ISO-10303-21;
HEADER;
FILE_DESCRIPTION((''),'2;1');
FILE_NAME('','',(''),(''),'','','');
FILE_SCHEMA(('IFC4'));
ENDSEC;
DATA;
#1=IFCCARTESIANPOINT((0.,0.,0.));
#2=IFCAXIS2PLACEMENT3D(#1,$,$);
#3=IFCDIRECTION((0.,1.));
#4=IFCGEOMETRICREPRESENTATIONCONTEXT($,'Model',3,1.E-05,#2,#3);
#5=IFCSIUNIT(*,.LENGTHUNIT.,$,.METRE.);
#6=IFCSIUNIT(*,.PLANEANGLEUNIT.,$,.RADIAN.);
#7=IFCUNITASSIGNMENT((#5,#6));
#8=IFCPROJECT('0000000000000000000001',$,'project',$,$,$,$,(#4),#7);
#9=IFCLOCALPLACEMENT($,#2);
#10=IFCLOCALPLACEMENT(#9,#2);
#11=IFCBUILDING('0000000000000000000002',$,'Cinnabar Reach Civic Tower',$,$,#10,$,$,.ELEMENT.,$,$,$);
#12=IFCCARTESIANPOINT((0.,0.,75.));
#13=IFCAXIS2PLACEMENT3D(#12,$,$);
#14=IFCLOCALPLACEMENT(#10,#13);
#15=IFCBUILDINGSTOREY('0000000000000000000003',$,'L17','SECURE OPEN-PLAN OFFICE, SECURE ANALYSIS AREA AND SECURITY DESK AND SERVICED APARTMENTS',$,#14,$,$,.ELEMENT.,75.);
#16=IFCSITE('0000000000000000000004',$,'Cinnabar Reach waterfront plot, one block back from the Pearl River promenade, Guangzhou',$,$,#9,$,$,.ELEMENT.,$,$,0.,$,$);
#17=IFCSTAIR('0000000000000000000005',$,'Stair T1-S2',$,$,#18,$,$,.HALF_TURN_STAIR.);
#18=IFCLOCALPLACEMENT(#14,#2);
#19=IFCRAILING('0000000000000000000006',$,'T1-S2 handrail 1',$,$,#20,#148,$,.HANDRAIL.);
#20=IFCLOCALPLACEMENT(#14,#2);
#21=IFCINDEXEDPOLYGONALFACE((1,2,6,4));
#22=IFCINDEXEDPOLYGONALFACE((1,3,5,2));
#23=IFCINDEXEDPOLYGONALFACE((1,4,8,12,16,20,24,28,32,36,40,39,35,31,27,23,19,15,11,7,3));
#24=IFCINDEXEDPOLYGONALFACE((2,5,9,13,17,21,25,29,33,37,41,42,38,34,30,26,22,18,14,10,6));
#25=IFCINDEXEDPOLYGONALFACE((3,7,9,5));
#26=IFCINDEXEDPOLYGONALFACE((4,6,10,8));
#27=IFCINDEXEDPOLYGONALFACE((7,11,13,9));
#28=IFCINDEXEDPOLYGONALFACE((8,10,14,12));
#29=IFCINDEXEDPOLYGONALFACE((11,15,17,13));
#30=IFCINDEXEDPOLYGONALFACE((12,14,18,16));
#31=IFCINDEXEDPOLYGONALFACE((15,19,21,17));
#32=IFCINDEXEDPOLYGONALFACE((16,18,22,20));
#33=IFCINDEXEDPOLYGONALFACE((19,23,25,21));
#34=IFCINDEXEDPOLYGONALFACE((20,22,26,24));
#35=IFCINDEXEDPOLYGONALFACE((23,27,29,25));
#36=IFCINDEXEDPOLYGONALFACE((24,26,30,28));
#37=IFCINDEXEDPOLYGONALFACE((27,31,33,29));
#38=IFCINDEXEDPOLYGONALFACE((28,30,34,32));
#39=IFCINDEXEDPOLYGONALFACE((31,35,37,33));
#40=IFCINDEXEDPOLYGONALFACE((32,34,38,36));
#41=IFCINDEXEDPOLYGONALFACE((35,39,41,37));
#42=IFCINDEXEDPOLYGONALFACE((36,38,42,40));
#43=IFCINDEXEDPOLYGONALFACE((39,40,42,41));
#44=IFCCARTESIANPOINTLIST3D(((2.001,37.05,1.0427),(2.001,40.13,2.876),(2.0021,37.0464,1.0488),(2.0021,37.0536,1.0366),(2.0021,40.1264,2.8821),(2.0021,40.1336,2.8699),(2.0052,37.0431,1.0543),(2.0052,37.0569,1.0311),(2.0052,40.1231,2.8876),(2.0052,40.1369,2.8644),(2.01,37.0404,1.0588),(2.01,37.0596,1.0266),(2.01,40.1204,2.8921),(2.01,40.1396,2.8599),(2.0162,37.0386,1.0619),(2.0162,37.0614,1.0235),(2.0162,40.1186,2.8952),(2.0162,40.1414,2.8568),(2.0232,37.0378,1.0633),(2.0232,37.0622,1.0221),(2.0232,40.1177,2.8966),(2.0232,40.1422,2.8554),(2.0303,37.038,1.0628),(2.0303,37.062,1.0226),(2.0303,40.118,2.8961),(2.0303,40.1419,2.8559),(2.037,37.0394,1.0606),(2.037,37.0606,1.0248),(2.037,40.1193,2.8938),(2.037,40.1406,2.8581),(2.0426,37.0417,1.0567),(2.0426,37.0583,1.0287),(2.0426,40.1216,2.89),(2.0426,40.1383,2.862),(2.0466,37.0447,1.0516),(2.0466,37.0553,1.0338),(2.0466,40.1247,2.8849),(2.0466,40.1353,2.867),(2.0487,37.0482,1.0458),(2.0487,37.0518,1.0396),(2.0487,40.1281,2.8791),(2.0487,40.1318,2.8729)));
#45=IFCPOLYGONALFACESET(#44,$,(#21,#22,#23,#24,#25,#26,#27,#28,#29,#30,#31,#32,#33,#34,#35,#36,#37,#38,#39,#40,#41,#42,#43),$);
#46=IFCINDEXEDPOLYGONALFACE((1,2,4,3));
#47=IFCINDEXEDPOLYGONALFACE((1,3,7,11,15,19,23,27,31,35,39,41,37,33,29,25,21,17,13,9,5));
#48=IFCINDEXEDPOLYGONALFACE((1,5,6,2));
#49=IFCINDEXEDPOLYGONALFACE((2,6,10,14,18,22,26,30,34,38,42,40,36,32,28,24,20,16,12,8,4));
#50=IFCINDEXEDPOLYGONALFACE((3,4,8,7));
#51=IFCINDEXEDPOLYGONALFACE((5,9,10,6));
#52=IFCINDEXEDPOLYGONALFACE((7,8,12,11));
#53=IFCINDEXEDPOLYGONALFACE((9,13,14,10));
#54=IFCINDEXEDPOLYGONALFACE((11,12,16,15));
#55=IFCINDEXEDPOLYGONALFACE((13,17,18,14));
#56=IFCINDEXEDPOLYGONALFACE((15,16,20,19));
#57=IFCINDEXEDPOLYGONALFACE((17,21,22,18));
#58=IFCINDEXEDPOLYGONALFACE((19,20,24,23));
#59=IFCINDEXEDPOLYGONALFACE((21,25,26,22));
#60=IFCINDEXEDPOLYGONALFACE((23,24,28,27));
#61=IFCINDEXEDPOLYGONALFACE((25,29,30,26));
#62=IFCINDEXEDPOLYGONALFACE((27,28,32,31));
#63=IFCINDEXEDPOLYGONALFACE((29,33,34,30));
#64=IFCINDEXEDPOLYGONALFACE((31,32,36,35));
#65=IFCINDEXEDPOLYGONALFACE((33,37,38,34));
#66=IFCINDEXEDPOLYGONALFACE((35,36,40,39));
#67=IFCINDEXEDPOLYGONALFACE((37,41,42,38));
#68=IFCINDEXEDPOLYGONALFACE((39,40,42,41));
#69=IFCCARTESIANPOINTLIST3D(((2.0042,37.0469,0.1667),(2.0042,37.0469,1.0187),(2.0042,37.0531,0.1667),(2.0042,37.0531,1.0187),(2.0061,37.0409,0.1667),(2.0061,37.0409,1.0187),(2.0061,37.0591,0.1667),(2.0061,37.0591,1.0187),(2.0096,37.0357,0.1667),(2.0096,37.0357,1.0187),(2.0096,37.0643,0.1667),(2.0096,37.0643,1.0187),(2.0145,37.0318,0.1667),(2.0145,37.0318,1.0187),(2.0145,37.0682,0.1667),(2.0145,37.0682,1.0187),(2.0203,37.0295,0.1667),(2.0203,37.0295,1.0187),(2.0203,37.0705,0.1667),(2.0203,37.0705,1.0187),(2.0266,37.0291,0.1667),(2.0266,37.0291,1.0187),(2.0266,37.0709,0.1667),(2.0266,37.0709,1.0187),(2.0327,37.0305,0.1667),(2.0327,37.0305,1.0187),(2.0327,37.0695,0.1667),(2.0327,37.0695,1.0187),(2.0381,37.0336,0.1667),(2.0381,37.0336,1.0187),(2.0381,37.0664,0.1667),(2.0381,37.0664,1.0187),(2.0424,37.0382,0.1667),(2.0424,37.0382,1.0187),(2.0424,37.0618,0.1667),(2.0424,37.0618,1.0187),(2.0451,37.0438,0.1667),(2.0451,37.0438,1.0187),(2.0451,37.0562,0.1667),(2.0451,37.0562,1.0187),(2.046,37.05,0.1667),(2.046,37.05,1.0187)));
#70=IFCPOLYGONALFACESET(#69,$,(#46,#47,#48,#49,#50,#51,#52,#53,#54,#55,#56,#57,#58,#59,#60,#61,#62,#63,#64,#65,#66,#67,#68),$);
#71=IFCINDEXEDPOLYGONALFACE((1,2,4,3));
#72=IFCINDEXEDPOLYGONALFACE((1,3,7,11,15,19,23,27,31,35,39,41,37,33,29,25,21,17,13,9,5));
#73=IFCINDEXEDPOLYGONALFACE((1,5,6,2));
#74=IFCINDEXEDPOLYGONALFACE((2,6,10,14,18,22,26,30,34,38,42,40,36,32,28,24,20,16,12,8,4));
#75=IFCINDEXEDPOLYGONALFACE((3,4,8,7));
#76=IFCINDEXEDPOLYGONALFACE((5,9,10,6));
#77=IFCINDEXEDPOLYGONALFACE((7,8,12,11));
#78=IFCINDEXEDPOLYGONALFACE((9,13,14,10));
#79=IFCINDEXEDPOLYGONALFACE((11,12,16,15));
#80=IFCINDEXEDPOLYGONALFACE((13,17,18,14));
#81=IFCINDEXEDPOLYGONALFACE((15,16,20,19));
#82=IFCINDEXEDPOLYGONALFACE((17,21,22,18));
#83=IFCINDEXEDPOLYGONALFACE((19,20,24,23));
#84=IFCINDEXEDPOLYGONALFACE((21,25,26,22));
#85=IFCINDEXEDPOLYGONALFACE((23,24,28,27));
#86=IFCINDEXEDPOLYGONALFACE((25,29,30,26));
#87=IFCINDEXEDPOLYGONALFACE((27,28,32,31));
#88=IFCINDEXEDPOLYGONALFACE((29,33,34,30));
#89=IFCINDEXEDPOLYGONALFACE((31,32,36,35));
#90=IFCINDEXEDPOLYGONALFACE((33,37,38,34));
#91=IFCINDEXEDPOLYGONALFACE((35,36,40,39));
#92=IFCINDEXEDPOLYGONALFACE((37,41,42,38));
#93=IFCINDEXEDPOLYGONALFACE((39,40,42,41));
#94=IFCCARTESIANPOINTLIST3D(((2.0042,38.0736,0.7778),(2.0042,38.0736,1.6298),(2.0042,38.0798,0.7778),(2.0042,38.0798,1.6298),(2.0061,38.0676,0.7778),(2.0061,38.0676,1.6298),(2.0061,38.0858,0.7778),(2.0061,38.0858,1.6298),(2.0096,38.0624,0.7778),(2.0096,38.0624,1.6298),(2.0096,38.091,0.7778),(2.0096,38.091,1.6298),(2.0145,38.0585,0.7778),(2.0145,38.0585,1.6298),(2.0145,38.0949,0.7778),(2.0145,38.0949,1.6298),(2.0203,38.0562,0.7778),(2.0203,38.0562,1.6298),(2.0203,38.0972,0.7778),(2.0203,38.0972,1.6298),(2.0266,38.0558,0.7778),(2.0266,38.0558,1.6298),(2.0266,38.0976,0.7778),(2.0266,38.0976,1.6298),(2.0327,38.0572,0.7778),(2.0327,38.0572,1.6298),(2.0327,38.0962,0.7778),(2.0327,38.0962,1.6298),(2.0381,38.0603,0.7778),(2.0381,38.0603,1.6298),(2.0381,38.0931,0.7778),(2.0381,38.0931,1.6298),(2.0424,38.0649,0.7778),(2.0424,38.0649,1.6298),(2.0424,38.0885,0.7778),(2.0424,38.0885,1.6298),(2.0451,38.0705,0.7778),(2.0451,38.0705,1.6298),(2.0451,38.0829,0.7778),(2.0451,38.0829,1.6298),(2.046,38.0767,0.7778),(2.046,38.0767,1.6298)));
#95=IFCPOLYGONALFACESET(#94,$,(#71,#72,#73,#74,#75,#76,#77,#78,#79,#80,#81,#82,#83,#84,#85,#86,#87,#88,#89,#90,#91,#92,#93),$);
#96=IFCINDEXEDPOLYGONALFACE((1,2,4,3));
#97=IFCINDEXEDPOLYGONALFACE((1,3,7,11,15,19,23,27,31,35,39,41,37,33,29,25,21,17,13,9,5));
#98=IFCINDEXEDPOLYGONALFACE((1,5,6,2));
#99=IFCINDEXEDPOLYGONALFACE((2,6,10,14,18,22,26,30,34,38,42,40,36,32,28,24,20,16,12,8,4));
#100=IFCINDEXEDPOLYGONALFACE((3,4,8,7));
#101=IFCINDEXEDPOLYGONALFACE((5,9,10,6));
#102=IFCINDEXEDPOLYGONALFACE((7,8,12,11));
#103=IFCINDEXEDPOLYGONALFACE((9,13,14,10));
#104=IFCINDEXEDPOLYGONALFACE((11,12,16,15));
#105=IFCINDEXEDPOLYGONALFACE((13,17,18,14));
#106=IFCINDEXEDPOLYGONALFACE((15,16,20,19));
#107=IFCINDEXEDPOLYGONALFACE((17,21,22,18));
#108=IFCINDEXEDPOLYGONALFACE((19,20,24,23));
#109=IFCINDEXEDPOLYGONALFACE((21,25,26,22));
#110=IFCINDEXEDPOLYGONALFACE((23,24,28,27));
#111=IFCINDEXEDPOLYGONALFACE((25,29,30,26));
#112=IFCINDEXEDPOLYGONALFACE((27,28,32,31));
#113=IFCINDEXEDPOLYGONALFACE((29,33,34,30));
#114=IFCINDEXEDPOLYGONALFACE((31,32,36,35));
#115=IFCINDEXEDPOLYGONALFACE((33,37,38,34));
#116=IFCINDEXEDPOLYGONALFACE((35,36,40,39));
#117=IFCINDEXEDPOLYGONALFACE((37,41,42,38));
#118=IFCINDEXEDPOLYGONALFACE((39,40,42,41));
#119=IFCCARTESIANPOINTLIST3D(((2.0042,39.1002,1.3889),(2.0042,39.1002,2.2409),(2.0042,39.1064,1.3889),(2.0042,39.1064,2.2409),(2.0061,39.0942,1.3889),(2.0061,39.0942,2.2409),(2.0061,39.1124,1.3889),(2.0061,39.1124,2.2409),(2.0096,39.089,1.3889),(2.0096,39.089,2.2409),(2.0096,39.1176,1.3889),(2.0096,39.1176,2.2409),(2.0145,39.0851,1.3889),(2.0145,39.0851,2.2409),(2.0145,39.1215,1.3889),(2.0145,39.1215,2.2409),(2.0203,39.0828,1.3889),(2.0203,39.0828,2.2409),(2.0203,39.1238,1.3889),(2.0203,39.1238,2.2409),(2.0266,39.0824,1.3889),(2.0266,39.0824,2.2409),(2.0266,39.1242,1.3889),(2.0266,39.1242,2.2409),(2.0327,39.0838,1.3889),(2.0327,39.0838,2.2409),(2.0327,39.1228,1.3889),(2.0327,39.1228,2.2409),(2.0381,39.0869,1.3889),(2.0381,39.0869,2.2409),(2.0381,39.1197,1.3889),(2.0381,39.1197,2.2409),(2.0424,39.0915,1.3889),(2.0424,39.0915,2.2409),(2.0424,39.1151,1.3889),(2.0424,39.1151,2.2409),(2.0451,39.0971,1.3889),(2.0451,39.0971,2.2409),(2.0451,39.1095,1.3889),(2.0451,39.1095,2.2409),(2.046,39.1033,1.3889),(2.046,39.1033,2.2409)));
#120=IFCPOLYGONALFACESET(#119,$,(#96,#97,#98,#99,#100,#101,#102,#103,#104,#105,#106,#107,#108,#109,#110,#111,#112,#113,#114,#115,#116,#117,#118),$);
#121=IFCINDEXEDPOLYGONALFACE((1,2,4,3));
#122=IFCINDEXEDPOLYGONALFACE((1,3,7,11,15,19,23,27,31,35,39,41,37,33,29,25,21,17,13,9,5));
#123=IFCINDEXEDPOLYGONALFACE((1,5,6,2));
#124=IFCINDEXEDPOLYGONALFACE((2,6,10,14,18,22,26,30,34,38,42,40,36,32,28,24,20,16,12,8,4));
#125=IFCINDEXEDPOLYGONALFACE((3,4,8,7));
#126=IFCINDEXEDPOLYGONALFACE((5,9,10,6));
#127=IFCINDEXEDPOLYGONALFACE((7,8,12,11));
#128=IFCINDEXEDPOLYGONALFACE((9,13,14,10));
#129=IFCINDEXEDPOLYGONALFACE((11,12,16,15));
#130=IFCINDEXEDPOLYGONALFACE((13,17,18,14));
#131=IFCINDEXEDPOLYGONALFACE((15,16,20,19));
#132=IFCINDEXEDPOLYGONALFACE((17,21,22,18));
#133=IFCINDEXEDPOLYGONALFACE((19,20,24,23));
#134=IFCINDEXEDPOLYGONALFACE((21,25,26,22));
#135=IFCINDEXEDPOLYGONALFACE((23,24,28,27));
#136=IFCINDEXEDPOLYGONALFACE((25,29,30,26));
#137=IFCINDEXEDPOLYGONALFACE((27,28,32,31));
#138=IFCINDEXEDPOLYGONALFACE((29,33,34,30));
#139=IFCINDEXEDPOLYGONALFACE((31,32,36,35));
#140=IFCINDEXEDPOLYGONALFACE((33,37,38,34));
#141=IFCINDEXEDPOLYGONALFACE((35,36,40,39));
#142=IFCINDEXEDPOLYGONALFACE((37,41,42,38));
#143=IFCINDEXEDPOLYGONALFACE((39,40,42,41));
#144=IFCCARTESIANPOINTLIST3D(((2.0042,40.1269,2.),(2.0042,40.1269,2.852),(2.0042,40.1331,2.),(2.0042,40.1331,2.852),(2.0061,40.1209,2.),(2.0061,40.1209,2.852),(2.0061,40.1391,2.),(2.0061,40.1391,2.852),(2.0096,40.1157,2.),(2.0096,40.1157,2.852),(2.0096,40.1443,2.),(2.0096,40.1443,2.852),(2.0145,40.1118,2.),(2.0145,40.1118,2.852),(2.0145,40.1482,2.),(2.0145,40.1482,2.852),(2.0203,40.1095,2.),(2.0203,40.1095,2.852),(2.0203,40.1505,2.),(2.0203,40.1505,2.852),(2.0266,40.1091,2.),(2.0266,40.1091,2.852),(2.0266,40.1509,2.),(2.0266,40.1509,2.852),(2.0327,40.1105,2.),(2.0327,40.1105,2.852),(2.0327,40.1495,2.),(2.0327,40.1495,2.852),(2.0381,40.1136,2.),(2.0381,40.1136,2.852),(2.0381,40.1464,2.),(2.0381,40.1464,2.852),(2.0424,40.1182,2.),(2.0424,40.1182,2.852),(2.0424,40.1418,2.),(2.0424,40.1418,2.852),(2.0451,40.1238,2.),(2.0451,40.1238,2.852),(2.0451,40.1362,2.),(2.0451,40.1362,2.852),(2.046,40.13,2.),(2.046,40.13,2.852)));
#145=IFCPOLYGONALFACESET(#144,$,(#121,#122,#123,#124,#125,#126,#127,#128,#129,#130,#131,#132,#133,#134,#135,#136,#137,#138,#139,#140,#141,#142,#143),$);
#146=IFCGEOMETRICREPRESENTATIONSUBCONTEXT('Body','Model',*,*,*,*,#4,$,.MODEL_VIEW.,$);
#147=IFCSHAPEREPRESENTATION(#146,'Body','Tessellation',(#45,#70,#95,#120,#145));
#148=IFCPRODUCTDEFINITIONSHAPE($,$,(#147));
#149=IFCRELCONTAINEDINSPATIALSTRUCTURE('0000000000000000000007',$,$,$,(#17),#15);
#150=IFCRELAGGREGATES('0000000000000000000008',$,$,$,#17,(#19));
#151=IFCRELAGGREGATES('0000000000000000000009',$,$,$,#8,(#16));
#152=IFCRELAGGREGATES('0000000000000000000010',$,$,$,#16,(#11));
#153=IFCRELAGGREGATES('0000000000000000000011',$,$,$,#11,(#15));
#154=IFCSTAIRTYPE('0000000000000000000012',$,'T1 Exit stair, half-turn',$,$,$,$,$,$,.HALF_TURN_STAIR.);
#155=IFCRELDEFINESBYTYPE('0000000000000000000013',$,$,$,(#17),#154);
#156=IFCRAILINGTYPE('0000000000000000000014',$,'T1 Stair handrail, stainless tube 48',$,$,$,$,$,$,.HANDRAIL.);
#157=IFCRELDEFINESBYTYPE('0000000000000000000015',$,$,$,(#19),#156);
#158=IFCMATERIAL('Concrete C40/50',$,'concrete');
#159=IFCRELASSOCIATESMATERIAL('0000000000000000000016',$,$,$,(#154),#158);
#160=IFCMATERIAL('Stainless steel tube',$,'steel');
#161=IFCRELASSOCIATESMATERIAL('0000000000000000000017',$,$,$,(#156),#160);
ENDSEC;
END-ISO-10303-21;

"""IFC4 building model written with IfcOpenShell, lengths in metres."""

from ifc_helpers import new_model, si_unit, direction, frame, origin, origin_2d, place, context, subcontext, project, spatial, circle, extrude, material, type_object, element, aggregate, save


model = new_model("IFC4")

# Units and contexts
model_context = context("Model", 3, precision=1e-05, world=origin(), true_north=direction((0.0, 1.0)))
body_context = subcontext(model_context, "Body", "Model", "MODEL_VIEW")
ifc_project = project(units=[si_unit("LENGTHUNIT", "METRE"), si_unit("PLANEANGLEUNIT", "RADIAN")], contexts=[model_context])

# Site, building, storey
site_placement = place(None, origin())
site = spatial("IfcSite", under=ifc_project, at=site_placement, Name="Cinnabar Reach waterfront plot, one block back from the Pearl River promenade, Guangzhou", CompositionType="ELEMENT", RefElevation=0.0)
building_placement = place(site_placement, origin())
building = spatial("IfcBuilding", under=site, at=building_placement, Name="Cinnabar Reach Civic Tower", CompositionType="ELEMENT")
storey_placement = place(building_placement, frame((0.0, 0.0, 75.0)))
storey = spatial("IfcBuildingStorey", under=building, at=storey_placement, Name="L17", Description="SECURE OPEN-PLAN OFFICE, SECURE ANALYSIS AREA AND SECURITY DESK AND SERVICED APARTMENTS", CompositionType="ELEMENT", Elevation=75.0)

# Stair, railing
ifc_material_1 = material(Name="Concrete C40/50", Category="concrete")
stair_type = type_object("IfcStairType", Name="T1 Exit stair, half-turn", PredefinedType="HALF_TURN_STAIR", material=ifc_material_1)
stair_placement = place(storey_placement, origin())
stair = element("IfcStair", 1, at=stair_placement, inside=storey, type_object=stair_type, Name="Stair T1-S2", PredefinedType="HALF_TURN_STAIR")
ifc_material_2 = material(Name="Stainless steel tube", Category="steel")
railing_type = type_object("IfcRailingType", Name="T1 Stair handrail, stainless tube 48", PredefinedType="HANDRAIL", material=ifc_material_2)
railing_placement = place(storey_placement, frame((2.025, 37.05, 0.1667)))
railing = element("IfcRailing", 2, at=railing_placement, type_object=railing_type, Name="T1-S2 handrail 1", PredefinedType="HANDRAIL", context=body_context, shape_type="SweptSolid", body=[
    extrude(circle(Radius=0.024, at=origin_2d()), frame((0.0, 0.0, 0.876), z_axis=(0.0, 0.859297, 0.511477), x_axis=(-1.0, 0.0, 0.0)), (0.0, 0.0, 1.0), 3.5843),
    extrude(circle(Radius=0.021, at=origin_2d()), origin(), (0.0, 0.0, 1.0), 0.852),
    extrude(circle(Radius=0.021, at=origin_2d()), frame((0.0, 1.0267, 0.6111)), (0.0, 0.0, 1.0), 0.852),
    extrude(circle(Radius=0.021, at=origin_2d()), frame((0.0, 2.0533, 1.2222)), (0.0, 0.0, 1.0), 0.852),
    extrude(circle(Radius=0.021, at=origin_2d()), frame((0.0, 3.08, 1.8333)), (0.0, 0.0, 1.0), 0.852),
])
aggregate(stair, [railing])

save(model, "model.ifc")
